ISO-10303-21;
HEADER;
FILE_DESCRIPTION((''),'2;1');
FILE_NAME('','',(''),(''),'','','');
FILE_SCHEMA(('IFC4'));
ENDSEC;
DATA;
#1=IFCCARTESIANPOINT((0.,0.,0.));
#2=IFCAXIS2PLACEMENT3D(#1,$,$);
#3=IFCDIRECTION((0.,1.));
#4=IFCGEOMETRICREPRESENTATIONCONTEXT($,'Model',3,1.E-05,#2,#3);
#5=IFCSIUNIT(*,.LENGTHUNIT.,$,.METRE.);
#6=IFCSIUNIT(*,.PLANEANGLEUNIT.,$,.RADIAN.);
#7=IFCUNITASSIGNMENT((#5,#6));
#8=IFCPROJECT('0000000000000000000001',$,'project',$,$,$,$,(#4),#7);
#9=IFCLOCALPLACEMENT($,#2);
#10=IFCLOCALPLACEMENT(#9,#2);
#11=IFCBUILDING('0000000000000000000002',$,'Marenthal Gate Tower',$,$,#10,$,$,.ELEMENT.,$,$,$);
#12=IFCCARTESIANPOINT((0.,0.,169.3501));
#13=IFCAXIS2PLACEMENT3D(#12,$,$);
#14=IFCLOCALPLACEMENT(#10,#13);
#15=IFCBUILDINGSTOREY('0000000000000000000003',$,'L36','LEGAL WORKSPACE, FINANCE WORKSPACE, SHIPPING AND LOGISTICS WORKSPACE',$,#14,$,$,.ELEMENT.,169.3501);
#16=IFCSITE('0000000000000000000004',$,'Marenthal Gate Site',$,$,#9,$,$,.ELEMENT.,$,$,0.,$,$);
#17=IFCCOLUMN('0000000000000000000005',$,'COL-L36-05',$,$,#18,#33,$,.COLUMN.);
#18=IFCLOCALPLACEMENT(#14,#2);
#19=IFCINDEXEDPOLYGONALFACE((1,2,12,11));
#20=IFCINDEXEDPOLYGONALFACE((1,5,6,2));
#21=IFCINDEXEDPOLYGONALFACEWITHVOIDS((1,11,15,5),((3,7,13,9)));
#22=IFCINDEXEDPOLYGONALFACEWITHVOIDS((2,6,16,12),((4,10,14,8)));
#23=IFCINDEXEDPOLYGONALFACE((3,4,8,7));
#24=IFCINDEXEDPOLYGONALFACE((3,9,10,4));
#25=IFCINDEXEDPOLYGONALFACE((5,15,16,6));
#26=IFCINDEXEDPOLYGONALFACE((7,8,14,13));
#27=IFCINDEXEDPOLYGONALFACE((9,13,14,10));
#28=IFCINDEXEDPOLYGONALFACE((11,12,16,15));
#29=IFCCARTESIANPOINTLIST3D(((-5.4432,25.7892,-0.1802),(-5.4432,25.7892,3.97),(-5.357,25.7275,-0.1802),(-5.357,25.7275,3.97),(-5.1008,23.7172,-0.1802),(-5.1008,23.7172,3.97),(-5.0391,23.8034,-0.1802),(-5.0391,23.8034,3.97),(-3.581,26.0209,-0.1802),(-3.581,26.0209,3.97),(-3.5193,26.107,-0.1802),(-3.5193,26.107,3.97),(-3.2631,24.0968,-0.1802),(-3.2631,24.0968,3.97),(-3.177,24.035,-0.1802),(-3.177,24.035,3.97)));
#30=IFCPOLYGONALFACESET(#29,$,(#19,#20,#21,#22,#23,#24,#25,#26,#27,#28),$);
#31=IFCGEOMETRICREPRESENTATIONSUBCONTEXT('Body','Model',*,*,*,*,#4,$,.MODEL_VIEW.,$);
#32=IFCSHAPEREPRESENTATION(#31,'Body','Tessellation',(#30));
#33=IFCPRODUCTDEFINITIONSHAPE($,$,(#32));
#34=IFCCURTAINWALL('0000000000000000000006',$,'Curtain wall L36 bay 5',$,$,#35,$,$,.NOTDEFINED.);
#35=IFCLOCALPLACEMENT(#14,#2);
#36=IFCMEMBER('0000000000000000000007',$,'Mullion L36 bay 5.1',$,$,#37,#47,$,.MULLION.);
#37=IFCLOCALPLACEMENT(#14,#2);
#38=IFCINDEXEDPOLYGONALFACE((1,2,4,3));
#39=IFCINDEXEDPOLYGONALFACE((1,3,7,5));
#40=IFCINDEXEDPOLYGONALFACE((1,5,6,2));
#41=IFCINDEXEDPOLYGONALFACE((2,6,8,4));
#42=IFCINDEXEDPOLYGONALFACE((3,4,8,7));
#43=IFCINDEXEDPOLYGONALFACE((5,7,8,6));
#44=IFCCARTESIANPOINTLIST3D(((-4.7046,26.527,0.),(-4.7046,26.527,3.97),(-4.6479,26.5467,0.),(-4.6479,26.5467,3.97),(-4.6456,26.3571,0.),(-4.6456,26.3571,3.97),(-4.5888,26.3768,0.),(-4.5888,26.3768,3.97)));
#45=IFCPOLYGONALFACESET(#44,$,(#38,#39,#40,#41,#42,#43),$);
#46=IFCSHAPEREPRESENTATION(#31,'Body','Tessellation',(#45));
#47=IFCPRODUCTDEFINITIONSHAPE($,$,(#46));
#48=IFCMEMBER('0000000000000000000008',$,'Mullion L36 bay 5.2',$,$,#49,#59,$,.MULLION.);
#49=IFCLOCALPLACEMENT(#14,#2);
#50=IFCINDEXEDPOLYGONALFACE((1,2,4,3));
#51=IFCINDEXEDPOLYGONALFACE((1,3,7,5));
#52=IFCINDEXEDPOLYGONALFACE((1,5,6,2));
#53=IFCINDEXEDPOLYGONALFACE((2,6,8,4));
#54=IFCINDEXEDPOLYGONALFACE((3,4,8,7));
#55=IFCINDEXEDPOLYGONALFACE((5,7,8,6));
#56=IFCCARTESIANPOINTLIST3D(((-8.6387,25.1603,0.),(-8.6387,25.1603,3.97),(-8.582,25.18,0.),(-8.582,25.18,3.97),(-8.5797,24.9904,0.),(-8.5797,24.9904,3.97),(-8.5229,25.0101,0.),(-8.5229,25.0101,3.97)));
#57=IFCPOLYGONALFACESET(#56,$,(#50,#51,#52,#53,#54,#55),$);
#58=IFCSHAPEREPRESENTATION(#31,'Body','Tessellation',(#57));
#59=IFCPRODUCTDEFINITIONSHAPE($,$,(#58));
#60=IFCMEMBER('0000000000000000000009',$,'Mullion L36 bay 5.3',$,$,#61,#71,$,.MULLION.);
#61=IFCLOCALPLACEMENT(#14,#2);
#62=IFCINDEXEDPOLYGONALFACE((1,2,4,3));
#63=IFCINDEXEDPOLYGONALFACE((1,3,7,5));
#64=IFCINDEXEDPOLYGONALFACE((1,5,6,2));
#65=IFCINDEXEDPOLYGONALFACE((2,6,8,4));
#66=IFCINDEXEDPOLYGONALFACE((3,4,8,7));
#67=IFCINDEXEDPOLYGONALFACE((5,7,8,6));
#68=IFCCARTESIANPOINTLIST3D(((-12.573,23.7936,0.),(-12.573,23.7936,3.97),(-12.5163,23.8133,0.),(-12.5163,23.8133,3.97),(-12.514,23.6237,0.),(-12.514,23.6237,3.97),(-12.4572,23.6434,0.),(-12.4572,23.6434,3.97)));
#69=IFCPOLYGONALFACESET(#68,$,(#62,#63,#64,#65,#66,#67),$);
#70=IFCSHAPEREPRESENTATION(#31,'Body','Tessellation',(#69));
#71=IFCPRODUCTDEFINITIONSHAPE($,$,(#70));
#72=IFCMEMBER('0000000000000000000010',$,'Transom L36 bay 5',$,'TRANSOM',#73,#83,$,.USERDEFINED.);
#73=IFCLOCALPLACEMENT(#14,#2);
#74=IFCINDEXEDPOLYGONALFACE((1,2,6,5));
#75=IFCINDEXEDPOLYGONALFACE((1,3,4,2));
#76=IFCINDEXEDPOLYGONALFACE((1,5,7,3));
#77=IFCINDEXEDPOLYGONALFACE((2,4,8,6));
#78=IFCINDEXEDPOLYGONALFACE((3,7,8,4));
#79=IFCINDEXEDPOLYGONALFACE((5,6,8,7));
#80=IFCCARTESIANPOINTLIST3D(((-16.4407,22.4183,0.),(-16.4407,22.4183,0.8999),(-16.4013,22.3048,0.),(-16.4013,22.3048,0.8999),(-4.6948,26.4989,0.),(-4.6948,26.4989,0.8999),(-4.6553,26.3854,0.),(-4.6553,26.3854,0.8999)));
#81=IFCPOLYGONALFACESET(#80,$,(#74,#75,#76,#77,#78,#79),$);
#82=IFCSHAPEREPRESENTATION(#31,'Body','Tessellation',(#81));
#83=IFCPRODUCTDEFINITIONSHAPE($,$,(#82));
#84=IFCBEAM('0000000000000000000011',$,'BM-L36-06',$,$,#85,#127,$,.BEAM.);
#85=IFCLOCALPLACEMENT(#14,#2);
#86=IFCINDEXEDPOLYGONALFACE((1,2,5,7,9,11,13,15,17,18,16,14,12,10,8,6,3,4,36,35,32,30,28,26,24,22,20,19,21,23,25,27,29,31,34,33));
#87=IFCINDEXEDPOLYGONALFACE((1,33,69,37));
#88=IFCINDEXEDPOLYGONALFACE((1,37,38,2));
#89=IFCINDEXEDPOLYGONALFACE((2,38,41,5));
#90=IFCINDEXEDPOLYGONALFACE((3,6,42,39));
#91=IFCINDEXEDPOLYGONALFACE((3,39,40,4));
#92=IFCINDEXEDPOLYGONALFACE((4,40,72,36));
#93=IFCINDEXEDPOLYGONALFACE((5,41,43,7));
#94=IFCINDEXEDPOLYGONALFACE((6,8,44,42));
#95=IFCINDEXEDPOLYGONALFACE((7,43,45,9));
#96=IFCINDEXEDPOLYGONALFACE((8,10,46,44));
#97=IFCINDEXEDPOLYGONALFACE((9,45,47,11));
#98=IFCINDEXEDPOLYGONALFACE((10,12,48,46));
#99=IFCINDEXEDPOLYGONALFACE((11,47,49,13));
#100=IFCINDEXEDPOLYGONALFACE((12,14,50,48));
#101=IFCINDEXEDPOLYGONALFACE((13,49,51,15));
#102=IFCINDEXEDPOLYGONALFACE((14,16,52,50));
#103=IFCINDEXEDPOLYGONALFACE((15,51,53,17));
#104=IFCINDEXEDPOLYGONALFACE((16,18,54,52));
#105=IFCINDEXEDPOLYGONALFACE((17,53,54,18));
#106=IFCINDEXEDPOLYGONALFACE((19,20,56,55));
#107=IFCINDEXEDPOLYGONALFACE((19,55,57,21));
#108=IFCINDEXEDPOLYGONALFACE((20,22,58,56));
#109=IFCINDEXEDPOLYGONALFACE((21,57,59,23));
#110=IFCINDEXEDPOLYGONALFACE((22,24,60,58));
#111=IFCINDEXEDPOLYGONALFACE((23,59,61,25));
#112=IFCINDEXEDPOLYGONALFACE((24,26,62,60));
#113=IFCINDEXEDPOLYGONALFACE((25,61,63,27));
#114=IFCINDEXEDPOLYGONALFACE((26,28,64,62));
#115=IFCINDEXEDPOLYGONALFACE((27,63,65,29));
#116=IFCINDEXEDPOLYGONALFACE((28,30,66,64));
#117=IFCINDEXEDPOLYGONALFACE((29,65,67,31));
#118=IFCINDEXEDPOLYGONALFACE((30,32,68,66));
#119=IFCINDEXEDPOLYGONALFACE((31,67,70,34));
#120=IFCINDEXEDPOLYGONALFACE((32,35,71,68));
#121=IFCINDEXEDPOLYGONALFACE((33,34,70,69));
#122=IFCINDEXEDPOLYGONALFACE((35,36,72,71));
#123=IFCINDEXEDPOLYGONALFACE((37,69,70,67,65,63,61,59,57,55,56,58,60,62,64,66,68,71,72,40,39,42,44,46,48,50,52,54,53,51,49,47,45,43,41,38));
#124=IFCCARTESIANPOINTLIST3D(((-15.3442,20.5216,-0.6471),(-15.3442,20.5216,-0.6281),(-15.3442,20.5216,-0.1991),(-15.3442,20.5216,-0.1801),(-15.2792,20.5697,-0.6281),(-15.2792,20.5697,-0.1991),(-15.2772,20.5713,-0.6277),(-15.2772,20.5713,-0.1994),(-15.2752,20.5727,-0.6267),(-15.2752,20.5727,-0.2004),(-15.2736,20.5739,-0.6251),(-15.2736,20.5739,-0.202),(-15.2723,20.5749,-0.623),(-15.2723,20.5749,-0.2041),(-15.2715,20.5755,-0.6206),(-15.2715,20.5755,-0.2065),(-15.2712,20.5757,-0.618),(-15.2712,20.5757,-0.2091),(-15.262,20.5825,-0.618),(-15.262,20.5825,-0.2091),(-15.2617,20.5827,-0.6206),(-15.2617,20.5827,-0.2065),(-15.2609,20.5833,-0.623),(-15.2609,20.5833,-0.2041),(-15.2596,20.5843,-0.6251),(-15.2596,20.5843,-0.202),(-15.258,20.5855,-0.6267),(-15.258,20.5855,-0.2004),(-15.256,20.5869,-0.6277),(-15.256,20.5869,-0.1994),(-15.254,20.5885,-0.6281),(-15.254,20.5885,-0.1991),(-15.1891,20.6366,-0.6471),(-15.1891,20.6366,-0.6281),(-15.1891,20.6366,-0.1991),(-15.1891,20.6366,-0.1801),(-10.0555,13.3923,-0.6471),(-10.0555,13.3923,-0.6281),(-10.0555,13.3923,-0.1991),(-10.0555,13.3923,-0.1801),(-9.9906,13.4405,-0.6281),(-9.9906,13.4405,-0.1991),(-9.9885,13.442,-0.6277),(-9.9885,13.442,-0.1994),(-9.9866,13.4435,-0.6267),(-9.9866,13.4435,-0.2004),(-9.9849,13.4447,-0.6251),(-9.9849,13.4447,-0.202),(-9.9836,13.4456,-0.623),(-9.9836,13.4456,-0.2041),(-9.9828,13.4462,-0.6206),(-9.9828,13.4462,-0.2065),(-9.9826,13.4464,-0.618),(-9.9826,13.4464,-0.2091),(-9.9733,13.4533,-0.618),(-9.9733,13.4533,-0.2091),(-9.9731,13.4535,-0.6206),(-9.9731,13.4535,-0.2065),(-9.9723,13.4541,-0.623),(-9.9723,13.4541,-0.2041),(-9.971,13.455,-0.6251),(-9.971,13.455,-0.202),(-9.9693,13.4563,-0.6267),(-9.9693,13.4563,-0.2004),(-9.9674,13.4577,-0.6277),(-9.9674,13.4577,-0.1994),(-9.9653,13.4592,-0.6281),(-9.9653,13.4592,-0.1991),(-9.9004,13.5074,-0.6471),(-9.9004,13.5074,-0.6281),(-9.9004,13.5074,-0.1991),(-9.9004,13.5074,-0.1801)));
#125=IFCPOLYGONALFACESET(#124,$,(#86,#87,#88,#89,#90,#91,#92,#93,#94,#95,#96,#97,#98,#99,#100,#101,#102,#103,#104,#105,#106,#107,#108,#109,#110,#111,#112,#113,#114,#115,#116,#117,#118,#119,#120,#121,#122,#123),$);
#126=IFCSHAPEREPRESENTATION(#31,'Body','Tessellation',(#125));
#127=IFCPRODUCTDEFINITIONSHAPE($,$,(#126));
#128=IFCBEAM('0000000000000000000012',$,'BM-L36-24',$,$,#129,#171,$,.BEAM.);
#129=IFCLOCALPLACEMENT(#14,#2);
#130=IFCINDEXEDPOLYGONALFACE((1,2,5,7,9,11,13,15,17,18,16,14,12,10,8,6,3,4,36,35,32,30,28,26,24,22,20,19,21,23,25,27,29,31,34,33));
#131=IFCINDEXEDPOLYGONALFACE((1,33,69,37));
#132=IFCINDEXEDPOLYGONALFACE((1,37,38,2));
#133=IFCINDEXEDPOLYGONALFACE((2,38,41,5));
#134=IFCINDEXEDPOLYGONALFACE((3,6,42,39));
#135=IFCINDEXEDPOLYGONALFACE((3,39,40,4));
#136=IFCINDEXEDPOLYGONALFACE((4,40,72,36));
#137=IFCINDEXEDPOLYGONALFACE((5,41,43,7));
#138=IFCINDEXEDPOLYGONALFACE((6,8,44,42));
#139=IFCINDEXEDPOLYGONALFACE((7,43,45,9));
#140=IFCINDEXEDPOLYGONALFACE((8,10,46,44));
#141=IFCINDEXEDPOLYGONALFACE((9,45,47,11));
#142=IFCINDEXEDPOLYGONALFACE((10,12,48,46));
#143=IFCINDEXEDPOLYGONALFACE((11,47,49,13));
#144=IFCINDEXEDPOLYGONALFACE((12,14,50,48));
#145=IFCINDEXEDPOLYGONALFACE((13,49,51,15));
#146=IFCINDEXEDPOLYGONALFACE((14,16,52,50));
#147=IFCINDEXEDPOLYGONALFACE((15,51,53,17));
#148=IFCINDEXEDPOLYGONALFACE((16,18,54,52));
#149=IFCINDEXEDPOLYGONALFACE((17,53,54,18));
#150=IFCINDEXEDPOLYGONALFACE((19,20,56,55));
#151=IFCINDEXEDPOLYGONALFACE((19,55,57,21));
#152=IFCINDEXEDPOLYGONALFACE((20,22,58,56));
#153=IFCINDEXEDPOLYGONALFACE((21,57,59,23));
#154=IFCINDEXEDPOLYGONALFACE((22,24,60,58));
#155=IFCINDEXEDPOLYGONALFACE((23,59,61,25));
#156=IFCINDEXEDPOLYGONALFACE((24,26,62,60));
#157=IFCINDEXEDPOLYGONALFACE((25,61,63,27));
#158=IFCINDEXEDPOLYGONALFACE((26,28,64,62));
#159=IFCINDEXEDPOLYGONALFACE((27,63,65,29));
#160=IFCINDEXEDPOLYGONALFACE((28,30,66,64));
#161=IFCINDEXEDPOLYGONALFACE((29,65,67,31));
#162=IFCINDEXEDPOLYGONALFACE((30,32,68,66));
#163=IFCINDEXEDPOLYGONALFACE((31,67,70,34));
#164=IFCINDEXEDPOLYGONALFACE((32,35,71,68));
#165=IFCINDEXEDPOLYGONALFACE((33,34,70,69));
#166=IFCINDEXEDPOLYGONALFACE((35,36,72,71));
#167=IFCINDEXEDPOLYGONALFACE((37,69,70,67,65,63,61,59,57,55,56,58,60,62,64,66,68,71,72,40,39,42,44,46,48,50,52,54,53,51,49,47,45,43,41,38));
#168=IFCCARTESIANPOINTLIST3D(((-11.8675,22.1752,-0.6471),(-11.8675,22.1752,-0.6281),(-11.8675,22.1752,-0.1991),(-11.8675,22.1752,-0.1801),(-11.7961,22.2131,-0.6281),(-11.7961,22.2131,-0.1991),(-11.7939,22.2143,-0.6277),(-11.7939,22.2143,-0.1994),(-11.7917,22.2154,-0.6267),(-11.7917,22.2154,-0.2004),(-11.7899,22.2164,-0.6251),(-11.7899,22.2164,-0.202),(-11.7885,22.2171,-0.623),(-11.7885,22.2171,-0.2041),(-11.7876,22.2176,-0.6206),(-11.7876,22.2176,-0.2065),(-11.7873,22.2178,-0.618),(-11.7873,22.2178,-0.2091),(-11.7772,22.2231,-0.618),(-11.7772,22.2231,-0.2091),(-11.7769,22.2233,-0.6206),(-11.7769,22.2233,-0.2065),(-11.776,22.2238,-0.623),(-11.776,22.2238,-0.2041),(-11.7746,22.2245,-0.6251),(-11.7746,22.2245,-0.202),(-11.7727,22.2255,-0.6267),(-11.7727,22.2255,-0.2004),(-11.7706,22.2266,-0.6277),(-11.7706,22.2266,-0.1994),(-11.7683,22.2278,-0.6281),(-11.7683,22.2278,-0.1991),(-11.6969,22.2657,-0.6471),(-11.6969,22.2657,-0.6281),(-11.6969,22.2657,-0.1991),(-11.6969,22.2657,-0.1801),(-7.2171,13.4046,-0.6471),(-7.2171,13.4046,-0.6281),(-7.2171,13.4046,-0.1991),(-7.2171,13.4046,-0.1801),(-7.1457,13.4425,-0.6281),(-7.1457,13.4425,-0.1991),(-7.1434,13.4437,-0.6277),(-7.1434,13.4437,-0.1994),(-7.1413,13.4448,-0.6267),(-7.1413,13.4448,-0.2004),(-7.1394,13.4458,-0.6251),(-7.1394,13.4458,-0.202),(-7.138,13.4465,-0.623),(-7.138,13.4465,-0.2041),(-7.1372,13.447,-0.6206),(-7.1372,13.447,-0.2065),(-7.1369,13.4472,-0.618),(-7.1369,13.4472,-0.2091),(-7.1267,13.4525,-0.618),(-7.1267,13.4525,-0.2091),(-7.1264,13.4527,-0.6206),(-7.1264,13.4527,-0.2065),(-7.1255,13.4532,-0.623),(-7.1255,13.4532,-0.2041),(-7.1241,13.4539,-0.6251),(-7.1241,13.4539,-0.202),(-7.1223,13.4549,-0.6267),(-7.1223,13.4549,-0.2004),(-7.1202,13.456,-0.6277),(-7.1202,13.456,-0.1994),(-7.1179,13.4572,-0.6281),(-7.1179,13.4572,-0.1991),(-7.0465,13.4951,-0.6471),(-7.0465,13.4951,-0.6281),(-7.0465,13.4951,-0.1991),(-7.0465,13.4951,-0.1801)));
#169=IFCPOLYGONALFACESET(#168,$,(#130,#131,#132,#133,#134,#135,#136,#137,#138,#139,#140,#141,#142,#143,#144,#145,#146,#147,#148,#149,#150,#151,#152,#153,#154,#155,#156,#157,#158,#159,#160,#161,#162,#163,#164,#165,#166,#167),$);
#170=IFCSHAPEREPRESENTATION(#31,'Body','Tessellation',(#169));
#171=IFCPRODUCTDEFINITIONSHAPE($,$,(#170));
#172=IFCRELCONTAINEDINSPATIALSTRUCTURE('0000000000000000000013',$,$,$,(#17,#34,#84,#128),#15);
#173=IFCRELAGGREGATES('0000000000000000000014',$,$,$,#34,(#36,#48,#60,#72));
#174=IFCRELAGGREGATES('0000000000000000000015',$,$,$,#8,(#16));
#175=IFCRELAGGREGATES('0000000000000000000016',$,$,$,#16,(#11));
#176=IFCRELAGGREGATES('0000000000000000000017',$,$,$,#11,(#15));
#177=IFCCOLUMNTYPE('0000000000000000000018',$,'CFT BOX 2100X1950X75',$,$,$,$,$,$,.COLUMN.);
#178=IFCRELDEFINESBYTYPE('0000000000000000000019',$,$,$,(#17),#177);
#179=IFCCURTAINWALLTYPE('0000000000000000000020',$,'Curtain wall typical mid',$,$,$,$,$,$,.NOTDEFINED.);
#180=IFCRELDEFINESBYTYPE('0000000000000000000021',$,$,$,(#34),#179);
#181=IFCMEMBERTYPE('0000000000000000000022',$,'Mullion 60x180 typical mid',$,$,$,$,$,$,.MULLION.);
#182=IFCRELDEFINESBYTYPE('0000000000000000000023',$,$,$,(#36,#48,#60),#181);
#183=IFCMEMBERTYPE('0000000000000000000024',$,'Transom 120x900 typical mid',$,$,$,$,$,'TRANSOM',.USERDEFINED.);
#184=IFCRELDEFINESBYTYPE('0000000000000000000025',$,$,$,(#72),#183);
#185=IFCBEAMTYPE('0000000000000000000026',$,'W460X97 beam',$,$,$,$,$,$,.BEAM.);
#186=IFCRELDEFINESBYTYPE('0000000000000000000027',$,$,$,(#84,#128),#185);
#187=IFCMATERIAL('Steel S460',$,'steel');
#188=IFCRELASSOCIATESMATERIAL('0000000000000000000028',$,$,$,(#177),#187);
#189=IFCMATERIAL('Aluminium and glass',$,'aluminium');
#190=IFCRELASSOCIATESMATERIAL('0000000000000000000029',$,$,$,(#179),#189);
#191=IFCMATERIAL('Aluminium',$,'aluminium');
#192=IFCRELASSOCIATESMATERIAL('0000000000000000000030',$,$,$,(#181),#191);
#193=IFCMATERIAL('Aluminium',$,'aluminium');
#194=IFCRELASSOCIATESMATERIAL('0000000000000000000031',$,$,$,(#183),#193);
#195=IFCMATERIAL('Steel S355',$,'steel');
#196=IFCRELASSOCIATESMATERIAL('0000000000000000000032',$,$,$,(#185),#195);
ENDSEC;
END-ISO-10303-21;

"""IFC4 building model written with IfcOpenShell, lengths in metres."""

from ifc_helpers import new_model, si_unit, direction, frame, origin, origin_2d, place, context, subcontext, project, spatial, rectangle, hollow_rectangle, i_section, extrude, material, material_profile, profile_set, type_object, element, aggregate, save


model = new_model("IFC4")

# Units and contexts
model_context = context("Model", 3, precision=1e-05, world=origin(), true_north=direction((0.0, 1.0)))
body_context = subcontext(model_context, "Body", "Model", "MODEL_VIEW")
ifc_project = project(units=[si_unit("LENGTHUNIT", "METRE"), si_unit("PLANEANGLEUNIT", "RADIAN")], contexts=[model_context])

# Site, building, storey
site_placement = place(None, origin())
site = spatial("IfcSite", under=ifc_project, at=site_placement, Name="Marenthal Gate Site", CompositionType="ELEMENT", RefElevation=0.0)
building_placement = place(site_placement, origin())
building = spatial("IfcBuilding", under=site, at=building_placement, Name="Marenthal Gate Tower", CompositionType="ELEMENT")
storey_placement = place(building_placement, frame((0.0, 0.0, 169.3501)))
storey = spatial("IfcBuildingStorey", under=building, at=storey_placement, Name="L36", Description="LEGAL WORKSPACE, FINANCE WORKSPACE, SHIPPING AND LOGISTICS WORKSPACE", CompositionType="ELEMENT", Elevation=169.3501)

# Column
ifc_material_1 = material(Name="Steel S460", Category="steel")
ifc_material_profile_1 = material_profile(ifc_material_1, hollow_rectangle(XDim=1.95, YDim=2.1001, WallThickness=0.075, at=origin_2d()), Name="CFT BOX 2100X1950X75")
ifc_material_2 = material(Name="Concrete 70 MPa", Category="concrete")
ifc_material_profile_2 = material_profile(ifc_material_2, rectangle(XDim=1.8, YDim=1.95, at=origin_2d()), Name="CFT BOX 2100X1950X75 INFILL")
ifc_profile_set_1 = profile_set([ifc_material_profile_1, ifc_material_profile_2], Name="Steel S460 shell, Concrete 70 MPa infill")
column_type = type_object("IfcColumnType", Name="CFT BOX 2100X1950X75", PredefinedType="COLUMN", material=ifc_profile_set_1)
column_placement = place(storey_placement, frame((-4.3101, 24.9121, -0.1802), z_axis=(0.0, 0.0, 1.0), x_axis=(0.986627, 0.162997, 0.0)))
element("IfcColumn", 1, at=column_placement, inside=storey, type_object=column_type, Name="COL-L36-05", PredefinedType="COLUMN", context=body_context, shape_type="SweptSolid", body=[
    extrude(hollow_rectangle(XDim=1.95, YDim=2.1001, WallThickness=0.075, at=origin_2d()), origin(), (0.0, 0.0, 1.0), 4.1501),
])

# Curtain wall, members
ifc_material_3 = material(Name="Aluminium and glass", Category="aluminium")
curtain_wall_type = type_object("IfcCurtainWallType", Name="Curtain wall typical mid", PredefinedType="NOTDEFINED", material=ifc_material_3)
curtain_wall_placement = place(storey_placement, origin())
curtain_wall = element("IfcCurtainWall", 2, at=curtain_wall_placement, inside=storey, type_object=curtain_wall_type, Name="Curtain wall L36 bay 5", PredefinedType="NOTDEFINED")
ifc_material_4 = material(Name="Aluminium", Category="aluminium")
ifc_material_profile_3 = material_profile(ifc_material_4, rectangle(XDim=0.1799, YDim=0.0601, at=origin_2d()), Name="60x180 aluminium mullion")
ifc_profile_set_2 = profile_set([ifc_material_profile_3], Name="Aluminium")
member_type_1 = type_object("IfcMemberType", Name="Mullion 60x180 typical mid", PredefinedType="MULLION", material=ifc_profile_set_2)
member_1_placement = place(storey_placement, frame((-4.6467, 26.4519, 0.0), z_axis=(0.0, 0.0, 1.0), x_axis=(0.328158, -0.944623, 0.0)))
member_1 = element("IfcMember", 3, at=member_1_placement, type_object=member_type_1, Name="Mullion L36 bay 5.1", PredefinedType="MULLION", context=body_context, shape_type="SweptSolid", body=[
    extrude(rectangle(XDim=0.1799, YDim=0.0601, at=origin_2d()), origin(), (0.0, 0.0, 1.0), 3.97),
])
member_2_placement = place(storey_placement, frame((-8.5808, 25.0852, 0.0), z_axis=(0.0, 0.0, 1.0), x_axis=(0.328158, -0.944623, 0.0)))
member_2 = element("IfcMember", 4, at=member_2_placement, type_object=member_type_1, Name="Mullion L36 bay 5.2", PredefinedType="MULLION", context=body_context, shape_type="SweptSolid", body=[
    extrude(rectangle(XDim=0.1799, YDim=0.0601, at=origin_2d()), origin(), (0.0, 0.0, 1.0), 3.97),
])
member_3_placement = place(storey_placement, frame((-12.5151, 23.7185, 0.0), z_axis=(0.0, 0.0, 1.0), x_axis=(0.328158, -0.944623, 0.0)))
member_3 = element("IfcMember", 5, at=member_3_placement, type_object=member_type_1, Name="Mullion L36 bay 5.3", PredefinedType="MULLION", context=body_context, shape_type="SweptSolid", body=[
    extrude(rectangle(XDim=0.1799, YDim=0.0601, at=origin_2d()), origin(), (0.0, 0.0, 1.0), 3.97),
])
ifc_material_5 = material(Name="Aluminium", Category="aluminium")
ifc_material_profile_4 = material_profile(ifc_material_5, rectangle(XDim=0.1201, YDim=0.8999, at=origin_2d()), Name="120x900 aluminium transom")
ifc_profile_set_3 = profile_set([ifc_material_profile_4], Name="Aluminium")
member_type_2 = type_object("IfcMemberType", Name="Transom 120x900 typical mid", ElementType="TRANSOM", PredefinedType="USERDEFINED", material=ifc_profile_set_3)
member_4_placement = place(storey_placement, frame((-4.675, 26.4421, 0.45), z_axis=(-0.94462, -0.328166, 0.0), x_axis=(0.328166, -0.94462, 0.0)))
member_4 = element("IfcMember", 6, at=member_4_placement, type_object=member_type_2, Name="Transom L36 bay 5", ObjectType="TRANSOM", PredefinedType="USERDEFINED", context=body_context, shape_type="SweptSolid", body=[
    extrude(rectangle(XDim=0.1201, YDim=0.8999, at=origin_2d()), origin(), (0.0, 0.0, 1.0), 12.4346),
])

# Beams
ifc_material_6 = material(Name="Steel S355", Category="steel")
ifc_material_profile_5 = material_profile(ifc_material_6, i_section(OverallWidth=0.1931, OverallDepth=0.467, WebThickness=0.0115, FlangeThickness=0.019, FilletRadius=0.01, at=origin_2d()), Name="W460X97")
ifc_profile_set_4 = profile_set([ifc_material_profile_5], Name="Steel S355")
beam_type_1 = type_object("IfcBeamType", Name="W460X97 beam", PredefinedType="BEAM", material=ifc_profile_set_4)
beam_1_placement = place(storey_placement, frame((-15.2666, 20.5791, -0.4136), z_axis=(0.595789, -0.803141, 0.0), x_axis=(0.803141, 0.595789, 0.0)))
element("IfcBeam", 7, at=beam_1_placement, inside=storey, type_object=beam_type_1, Name="BM-L36-06", PredefinedType="BEAM", context=body_context, shape_type="SweptSolid", body=[
    extrude(i_section(OverallWidth=0.1931, OverallDepth=0.467, WebThickness=0.0115, FlangeThickness=0.019, FilletRadius=0.01, at=origin_2d()), origin(), (0.0, 0.0, 1.0), 8.8767),
])
beam_2_placement = place(storey_placement, frame((-11.7822, 22.2205, -0.4136), z_axis=(0.468453, -0.883489, 0.0), x_axis=(0.883489, 0.468453, 0.0)))
element("IfcBeam", 8, at=beam_2_placement, inside=storey, type_object=beam_type_1, Name="BM-L36-24", PredefinedType="BEAM", context=body_context, shape_type="SweptSolid", body=[
    extrude(i_section(OverallWidth=0.1931, OverallDepth=0.467, WebThickness=0.0115, FlangeThickness=0.019, FilletRadius=0.01, at=origin_2d()), origin(), (0.0, 0.0, 1.0), 9.9272),
])

aggregate(curtain_wall, [member_1, member_2, member_3, member_4])

save(model, "model.ifc")
